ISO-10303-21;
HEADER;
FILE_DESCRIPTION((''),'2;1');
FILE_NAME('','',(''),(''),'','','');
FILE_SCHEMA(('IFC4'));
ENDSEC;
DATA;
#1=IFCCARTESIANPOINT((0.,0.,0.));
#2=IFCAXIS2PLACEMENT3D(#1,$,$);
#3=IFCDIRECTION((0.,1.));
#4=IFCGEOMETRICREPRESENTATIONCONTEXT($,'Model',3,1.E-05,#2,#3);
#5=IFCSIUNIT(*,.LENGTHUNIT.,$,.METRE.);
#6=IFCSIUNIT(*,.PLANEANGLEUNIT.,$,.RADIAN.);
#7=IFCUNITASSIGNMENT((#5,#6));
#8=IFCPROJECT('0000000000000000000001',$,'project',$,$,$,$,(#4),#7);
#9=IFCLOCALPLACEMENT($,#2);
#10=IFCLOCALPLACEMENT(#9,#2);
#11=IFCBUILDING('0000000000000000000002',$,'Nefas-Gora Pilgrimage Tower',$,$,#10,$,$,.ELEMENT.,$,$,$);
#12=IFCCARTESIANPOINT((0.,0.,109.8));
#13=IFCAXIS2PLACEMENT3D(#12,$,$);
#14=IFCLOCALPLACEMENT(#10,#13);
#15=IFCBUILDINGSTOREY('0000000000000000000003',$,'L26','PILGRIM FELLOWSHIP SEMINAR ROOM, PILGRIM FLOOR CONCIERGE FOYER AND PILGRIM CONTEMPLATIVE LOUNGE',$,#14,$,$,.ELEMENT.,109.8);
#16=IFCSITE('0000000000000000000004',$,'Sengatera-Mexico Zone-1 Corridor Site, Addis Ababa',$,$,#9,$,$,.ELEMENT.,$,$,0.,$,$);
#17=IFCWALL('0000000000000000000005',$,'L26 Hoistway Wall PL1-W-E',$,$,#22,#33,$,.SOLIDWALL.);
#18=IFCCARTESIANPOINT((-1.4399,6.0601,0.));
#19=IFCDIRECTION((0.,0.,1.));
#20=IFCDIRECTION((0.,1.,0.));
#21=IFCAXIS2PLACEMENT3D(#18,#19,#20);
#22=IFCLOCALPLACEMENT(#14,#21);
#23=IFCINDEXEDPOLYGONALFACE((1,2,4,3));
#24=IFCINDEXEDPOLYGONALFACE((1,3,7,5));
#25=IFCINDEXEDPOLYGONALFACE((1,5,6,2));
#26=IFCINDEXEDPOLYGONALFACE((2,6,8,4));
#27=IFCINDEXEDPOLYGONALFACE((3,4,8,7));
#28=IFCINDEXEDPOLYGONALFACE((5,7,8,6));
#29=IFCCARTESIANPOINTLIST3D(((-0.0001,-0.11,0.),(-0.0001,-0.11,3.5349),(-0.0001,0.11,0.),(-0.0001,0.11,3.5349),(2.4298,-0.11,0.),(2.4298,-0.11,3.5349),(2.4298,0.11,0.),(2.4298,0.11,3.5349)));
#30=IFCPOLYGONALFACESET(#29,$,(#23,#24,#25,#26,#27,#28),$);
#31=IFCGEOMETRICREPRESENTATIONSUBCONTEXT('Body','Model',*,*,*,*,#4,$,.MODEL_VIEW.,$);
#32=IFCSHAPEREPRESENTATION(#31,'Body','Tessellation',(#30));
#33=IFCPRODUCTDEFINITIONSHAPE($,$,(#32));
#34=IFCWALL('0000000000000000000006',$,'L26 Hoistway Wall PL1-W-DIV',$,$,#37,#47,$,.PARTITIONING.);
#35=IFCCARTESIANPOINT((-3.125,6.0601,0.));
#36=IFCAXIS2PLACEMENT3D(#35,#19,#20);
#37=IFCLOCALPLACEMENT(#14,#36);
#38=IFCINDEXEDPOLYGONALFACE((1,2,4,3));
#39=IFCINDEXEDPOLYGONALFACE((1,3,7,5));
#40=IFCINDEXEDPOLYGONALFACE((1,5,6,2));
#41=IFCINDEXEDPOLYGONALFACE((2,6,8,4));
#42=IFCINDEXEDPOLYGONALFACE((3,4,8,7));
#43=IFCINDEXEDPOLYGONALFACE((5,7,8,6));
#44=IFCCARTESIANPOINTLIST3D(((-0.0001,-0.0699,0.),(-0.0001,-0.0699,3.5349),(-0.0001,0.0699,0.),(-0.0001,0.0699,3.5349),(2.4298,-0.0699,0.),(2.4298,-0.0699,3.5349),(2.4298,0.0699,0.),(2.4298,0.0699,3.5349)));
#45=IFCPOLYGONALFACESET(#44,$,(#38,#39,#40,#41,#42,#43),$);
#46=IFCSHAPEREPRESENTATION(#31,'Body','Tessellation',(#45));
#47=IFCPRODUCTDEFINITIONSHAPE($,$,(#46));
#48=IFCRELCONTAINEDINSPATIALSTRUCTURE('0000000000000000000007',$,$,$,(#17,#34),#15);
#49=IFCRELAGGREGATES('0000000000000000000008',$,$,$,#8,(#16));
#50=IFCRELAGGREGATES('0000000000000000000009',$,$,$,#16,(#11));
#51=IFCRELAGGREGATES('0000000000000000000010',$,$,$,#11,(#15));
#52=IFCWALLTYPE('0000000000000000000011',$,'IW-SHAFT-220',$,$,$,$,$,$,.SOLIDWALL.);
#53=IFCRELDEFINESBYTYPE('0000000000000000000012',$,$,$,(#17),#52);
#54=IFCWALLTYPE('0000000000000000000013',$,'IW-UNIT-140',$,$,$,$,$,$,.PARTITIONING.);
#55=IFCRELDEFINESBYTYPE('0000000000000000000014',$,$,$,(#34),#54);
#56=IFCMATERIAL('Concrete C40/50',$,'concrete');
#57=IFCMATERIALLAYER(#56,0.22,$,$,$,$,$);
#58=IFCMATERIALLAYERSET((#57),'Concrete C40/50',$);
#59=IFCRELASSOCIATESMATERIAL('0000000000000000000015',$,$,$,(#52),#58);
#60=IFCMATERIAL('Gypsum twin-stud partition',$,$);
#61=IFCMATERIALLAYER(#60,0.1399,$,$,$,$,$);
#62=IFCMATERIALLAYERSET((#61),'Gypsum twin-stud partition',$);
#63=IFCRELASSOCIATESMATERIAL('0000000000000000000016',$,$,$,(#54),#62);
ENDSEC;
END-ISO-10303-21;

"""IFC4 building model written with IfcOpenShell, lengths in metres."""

from ifc_helpers import new_model, si_unit, direction, frame, frame_2d, origin, place, context, subcontext, project, spatial, rectangle, extrude, source, transform, mapped, material, layer, layer_set, type_object, element, save


model = new_model("IFC4")

# Units and contexts
model_context = context("Model", 3, precision=1e-05, world=origin(), true_north=direction((0.0, 1.0)))
body_context = subcontext(model_context, "Body", "Model", "MODEL_VIEW")
ifc_project = project(units=[si_unit("LENGTHUNIT", "METRE"), si_unit("PLANEANGLEUNIT", "RADIAN")], contexts=[model_context])

# Site, building, storey
site_placement = place(None, origin())
site = spatial("IfcSite", under=ifc_project, at=site_placement, Name="Sengatera-Mexico Zone-1 Corridor Site, Addis Ababa", CompositionType="ELEMENT", RefElevation=0.0)
building_placement = place(site_placement, origin())
building = spatial("IfcBuilding", under=site, at=building_placement, Name="Nefas-Gora Pilgrimage Tower", CompositionType="ELEMENT")
storey_placement = place(building_placement, frame((0.0, 0.0, 109.8)))
storey = spatial("IfcBuildingStorey", under=building, at=storey_placement, Name="L26", Description="PILGRIM FELLOWSHIP SEMINAR ROOM, PILGRIM FLOOR CONCIERGE FOYER AND PILGRIM CONTEMPLATIVE LOUNGE", CompositionType="ELEMENT", Elevation=109.8)

# Shared definitions
ifc_material_1 = material(Name="Concrete C40/50", Category="concrete")

# Shared definitions
ifc_layer_1 = layer(ifc_material_1, 0.22)
ifc_layer_set_1 = layer_set([ifc_layer_1], Name="Concrete C40/50")
wall_type_1 = type_object("IfcWallType", Name="IW-SHAFT-220", PredefinedType="SOLIDWALL", material=ifc_layer_set_1)

# Walls
shared_shape_1 = source(origin(), body_context, "Body", "SweptSolid", [
    extrude(rectangle(XDim=2.4299, YDim=0.22, at=frame_2d((1.2148, 0.0))), origin(), (0.0, 0.0, 1.0), 3.5349),
])
for number, where, z_axis, x_axis, name in (
    (1, (-1.4399, 6.0601, 0.0), (0.0, 0.0, 1.0), (0.0, 1.0, 0.0), "L26 Hoistway Wall PL1-W-E"),
):
    element("IfcWall", number, at=place(storey_placement, frame(where, z_axis=z_axis, x_axis=x_axis)), inside=storey, type_object=wall_type_1, Name=name, PredefinedType="SOLIDWALL", context=body_context, shape_type="MappedRepresentation", body=[
        mapped(shared_shape_1, transform((0.0, 0.0, 0.0), x_axis=(1.0, 0.0, 0.0), y_axis=(0.0, 1.0, 0.0), z_axis=(0.0, 0.0, 1.0), scale=1.0)),
    ])
ifc_material_2 = material(Name="Gypsum twin-stud partition")
ifc_layer_2 = layer(ifc_material_2, 0.1399)
ifc_layer_set_2 = layer_set([ifc_layer_2], Name="Gypsum twin-stud partition")
wall_type_2 = type_object("IfcWallType", Name="IW-UNIT-140", PredefinedType="PARTITIONING", material=ifc_layer_set_2)
shared_shape_2 = source(origin(), body_context, "Body", "SweptSolid", [
    extrude(rectangle(XDim=2.4299, YDim=0.1399, at=frame_2d((1.2148, 0.0))), origin(), (0.0, 0.0, 1.0), 3.5349),
])
wall_1_placement = place(storey_placement, frame((-3.125, 6.0601, 0.0), z_axis=(0.0, 0.0, 1.0), x_axis=(0.0, 1.0, 0.0)))
element("IfcWall", 2, at=wall_1_placement, inside=storey, type_object=wall_type_2, Name="L26 Hoistway Wall PL1-W-DIV", PredefinedType="PARTITIONING", context=body_context, shape_type="MappedRepresentation", body=[
    mapped(shared_shape_2, transform((0.0, 0.0, 0.0), x_axis=(1.0, 0.0, 0.0), y_axis=(0.0, 1.0, 0.0), z_axis=(0.0, 0.0, 1.0), scale=1.0)),
])

save(model, "model.ifc")
